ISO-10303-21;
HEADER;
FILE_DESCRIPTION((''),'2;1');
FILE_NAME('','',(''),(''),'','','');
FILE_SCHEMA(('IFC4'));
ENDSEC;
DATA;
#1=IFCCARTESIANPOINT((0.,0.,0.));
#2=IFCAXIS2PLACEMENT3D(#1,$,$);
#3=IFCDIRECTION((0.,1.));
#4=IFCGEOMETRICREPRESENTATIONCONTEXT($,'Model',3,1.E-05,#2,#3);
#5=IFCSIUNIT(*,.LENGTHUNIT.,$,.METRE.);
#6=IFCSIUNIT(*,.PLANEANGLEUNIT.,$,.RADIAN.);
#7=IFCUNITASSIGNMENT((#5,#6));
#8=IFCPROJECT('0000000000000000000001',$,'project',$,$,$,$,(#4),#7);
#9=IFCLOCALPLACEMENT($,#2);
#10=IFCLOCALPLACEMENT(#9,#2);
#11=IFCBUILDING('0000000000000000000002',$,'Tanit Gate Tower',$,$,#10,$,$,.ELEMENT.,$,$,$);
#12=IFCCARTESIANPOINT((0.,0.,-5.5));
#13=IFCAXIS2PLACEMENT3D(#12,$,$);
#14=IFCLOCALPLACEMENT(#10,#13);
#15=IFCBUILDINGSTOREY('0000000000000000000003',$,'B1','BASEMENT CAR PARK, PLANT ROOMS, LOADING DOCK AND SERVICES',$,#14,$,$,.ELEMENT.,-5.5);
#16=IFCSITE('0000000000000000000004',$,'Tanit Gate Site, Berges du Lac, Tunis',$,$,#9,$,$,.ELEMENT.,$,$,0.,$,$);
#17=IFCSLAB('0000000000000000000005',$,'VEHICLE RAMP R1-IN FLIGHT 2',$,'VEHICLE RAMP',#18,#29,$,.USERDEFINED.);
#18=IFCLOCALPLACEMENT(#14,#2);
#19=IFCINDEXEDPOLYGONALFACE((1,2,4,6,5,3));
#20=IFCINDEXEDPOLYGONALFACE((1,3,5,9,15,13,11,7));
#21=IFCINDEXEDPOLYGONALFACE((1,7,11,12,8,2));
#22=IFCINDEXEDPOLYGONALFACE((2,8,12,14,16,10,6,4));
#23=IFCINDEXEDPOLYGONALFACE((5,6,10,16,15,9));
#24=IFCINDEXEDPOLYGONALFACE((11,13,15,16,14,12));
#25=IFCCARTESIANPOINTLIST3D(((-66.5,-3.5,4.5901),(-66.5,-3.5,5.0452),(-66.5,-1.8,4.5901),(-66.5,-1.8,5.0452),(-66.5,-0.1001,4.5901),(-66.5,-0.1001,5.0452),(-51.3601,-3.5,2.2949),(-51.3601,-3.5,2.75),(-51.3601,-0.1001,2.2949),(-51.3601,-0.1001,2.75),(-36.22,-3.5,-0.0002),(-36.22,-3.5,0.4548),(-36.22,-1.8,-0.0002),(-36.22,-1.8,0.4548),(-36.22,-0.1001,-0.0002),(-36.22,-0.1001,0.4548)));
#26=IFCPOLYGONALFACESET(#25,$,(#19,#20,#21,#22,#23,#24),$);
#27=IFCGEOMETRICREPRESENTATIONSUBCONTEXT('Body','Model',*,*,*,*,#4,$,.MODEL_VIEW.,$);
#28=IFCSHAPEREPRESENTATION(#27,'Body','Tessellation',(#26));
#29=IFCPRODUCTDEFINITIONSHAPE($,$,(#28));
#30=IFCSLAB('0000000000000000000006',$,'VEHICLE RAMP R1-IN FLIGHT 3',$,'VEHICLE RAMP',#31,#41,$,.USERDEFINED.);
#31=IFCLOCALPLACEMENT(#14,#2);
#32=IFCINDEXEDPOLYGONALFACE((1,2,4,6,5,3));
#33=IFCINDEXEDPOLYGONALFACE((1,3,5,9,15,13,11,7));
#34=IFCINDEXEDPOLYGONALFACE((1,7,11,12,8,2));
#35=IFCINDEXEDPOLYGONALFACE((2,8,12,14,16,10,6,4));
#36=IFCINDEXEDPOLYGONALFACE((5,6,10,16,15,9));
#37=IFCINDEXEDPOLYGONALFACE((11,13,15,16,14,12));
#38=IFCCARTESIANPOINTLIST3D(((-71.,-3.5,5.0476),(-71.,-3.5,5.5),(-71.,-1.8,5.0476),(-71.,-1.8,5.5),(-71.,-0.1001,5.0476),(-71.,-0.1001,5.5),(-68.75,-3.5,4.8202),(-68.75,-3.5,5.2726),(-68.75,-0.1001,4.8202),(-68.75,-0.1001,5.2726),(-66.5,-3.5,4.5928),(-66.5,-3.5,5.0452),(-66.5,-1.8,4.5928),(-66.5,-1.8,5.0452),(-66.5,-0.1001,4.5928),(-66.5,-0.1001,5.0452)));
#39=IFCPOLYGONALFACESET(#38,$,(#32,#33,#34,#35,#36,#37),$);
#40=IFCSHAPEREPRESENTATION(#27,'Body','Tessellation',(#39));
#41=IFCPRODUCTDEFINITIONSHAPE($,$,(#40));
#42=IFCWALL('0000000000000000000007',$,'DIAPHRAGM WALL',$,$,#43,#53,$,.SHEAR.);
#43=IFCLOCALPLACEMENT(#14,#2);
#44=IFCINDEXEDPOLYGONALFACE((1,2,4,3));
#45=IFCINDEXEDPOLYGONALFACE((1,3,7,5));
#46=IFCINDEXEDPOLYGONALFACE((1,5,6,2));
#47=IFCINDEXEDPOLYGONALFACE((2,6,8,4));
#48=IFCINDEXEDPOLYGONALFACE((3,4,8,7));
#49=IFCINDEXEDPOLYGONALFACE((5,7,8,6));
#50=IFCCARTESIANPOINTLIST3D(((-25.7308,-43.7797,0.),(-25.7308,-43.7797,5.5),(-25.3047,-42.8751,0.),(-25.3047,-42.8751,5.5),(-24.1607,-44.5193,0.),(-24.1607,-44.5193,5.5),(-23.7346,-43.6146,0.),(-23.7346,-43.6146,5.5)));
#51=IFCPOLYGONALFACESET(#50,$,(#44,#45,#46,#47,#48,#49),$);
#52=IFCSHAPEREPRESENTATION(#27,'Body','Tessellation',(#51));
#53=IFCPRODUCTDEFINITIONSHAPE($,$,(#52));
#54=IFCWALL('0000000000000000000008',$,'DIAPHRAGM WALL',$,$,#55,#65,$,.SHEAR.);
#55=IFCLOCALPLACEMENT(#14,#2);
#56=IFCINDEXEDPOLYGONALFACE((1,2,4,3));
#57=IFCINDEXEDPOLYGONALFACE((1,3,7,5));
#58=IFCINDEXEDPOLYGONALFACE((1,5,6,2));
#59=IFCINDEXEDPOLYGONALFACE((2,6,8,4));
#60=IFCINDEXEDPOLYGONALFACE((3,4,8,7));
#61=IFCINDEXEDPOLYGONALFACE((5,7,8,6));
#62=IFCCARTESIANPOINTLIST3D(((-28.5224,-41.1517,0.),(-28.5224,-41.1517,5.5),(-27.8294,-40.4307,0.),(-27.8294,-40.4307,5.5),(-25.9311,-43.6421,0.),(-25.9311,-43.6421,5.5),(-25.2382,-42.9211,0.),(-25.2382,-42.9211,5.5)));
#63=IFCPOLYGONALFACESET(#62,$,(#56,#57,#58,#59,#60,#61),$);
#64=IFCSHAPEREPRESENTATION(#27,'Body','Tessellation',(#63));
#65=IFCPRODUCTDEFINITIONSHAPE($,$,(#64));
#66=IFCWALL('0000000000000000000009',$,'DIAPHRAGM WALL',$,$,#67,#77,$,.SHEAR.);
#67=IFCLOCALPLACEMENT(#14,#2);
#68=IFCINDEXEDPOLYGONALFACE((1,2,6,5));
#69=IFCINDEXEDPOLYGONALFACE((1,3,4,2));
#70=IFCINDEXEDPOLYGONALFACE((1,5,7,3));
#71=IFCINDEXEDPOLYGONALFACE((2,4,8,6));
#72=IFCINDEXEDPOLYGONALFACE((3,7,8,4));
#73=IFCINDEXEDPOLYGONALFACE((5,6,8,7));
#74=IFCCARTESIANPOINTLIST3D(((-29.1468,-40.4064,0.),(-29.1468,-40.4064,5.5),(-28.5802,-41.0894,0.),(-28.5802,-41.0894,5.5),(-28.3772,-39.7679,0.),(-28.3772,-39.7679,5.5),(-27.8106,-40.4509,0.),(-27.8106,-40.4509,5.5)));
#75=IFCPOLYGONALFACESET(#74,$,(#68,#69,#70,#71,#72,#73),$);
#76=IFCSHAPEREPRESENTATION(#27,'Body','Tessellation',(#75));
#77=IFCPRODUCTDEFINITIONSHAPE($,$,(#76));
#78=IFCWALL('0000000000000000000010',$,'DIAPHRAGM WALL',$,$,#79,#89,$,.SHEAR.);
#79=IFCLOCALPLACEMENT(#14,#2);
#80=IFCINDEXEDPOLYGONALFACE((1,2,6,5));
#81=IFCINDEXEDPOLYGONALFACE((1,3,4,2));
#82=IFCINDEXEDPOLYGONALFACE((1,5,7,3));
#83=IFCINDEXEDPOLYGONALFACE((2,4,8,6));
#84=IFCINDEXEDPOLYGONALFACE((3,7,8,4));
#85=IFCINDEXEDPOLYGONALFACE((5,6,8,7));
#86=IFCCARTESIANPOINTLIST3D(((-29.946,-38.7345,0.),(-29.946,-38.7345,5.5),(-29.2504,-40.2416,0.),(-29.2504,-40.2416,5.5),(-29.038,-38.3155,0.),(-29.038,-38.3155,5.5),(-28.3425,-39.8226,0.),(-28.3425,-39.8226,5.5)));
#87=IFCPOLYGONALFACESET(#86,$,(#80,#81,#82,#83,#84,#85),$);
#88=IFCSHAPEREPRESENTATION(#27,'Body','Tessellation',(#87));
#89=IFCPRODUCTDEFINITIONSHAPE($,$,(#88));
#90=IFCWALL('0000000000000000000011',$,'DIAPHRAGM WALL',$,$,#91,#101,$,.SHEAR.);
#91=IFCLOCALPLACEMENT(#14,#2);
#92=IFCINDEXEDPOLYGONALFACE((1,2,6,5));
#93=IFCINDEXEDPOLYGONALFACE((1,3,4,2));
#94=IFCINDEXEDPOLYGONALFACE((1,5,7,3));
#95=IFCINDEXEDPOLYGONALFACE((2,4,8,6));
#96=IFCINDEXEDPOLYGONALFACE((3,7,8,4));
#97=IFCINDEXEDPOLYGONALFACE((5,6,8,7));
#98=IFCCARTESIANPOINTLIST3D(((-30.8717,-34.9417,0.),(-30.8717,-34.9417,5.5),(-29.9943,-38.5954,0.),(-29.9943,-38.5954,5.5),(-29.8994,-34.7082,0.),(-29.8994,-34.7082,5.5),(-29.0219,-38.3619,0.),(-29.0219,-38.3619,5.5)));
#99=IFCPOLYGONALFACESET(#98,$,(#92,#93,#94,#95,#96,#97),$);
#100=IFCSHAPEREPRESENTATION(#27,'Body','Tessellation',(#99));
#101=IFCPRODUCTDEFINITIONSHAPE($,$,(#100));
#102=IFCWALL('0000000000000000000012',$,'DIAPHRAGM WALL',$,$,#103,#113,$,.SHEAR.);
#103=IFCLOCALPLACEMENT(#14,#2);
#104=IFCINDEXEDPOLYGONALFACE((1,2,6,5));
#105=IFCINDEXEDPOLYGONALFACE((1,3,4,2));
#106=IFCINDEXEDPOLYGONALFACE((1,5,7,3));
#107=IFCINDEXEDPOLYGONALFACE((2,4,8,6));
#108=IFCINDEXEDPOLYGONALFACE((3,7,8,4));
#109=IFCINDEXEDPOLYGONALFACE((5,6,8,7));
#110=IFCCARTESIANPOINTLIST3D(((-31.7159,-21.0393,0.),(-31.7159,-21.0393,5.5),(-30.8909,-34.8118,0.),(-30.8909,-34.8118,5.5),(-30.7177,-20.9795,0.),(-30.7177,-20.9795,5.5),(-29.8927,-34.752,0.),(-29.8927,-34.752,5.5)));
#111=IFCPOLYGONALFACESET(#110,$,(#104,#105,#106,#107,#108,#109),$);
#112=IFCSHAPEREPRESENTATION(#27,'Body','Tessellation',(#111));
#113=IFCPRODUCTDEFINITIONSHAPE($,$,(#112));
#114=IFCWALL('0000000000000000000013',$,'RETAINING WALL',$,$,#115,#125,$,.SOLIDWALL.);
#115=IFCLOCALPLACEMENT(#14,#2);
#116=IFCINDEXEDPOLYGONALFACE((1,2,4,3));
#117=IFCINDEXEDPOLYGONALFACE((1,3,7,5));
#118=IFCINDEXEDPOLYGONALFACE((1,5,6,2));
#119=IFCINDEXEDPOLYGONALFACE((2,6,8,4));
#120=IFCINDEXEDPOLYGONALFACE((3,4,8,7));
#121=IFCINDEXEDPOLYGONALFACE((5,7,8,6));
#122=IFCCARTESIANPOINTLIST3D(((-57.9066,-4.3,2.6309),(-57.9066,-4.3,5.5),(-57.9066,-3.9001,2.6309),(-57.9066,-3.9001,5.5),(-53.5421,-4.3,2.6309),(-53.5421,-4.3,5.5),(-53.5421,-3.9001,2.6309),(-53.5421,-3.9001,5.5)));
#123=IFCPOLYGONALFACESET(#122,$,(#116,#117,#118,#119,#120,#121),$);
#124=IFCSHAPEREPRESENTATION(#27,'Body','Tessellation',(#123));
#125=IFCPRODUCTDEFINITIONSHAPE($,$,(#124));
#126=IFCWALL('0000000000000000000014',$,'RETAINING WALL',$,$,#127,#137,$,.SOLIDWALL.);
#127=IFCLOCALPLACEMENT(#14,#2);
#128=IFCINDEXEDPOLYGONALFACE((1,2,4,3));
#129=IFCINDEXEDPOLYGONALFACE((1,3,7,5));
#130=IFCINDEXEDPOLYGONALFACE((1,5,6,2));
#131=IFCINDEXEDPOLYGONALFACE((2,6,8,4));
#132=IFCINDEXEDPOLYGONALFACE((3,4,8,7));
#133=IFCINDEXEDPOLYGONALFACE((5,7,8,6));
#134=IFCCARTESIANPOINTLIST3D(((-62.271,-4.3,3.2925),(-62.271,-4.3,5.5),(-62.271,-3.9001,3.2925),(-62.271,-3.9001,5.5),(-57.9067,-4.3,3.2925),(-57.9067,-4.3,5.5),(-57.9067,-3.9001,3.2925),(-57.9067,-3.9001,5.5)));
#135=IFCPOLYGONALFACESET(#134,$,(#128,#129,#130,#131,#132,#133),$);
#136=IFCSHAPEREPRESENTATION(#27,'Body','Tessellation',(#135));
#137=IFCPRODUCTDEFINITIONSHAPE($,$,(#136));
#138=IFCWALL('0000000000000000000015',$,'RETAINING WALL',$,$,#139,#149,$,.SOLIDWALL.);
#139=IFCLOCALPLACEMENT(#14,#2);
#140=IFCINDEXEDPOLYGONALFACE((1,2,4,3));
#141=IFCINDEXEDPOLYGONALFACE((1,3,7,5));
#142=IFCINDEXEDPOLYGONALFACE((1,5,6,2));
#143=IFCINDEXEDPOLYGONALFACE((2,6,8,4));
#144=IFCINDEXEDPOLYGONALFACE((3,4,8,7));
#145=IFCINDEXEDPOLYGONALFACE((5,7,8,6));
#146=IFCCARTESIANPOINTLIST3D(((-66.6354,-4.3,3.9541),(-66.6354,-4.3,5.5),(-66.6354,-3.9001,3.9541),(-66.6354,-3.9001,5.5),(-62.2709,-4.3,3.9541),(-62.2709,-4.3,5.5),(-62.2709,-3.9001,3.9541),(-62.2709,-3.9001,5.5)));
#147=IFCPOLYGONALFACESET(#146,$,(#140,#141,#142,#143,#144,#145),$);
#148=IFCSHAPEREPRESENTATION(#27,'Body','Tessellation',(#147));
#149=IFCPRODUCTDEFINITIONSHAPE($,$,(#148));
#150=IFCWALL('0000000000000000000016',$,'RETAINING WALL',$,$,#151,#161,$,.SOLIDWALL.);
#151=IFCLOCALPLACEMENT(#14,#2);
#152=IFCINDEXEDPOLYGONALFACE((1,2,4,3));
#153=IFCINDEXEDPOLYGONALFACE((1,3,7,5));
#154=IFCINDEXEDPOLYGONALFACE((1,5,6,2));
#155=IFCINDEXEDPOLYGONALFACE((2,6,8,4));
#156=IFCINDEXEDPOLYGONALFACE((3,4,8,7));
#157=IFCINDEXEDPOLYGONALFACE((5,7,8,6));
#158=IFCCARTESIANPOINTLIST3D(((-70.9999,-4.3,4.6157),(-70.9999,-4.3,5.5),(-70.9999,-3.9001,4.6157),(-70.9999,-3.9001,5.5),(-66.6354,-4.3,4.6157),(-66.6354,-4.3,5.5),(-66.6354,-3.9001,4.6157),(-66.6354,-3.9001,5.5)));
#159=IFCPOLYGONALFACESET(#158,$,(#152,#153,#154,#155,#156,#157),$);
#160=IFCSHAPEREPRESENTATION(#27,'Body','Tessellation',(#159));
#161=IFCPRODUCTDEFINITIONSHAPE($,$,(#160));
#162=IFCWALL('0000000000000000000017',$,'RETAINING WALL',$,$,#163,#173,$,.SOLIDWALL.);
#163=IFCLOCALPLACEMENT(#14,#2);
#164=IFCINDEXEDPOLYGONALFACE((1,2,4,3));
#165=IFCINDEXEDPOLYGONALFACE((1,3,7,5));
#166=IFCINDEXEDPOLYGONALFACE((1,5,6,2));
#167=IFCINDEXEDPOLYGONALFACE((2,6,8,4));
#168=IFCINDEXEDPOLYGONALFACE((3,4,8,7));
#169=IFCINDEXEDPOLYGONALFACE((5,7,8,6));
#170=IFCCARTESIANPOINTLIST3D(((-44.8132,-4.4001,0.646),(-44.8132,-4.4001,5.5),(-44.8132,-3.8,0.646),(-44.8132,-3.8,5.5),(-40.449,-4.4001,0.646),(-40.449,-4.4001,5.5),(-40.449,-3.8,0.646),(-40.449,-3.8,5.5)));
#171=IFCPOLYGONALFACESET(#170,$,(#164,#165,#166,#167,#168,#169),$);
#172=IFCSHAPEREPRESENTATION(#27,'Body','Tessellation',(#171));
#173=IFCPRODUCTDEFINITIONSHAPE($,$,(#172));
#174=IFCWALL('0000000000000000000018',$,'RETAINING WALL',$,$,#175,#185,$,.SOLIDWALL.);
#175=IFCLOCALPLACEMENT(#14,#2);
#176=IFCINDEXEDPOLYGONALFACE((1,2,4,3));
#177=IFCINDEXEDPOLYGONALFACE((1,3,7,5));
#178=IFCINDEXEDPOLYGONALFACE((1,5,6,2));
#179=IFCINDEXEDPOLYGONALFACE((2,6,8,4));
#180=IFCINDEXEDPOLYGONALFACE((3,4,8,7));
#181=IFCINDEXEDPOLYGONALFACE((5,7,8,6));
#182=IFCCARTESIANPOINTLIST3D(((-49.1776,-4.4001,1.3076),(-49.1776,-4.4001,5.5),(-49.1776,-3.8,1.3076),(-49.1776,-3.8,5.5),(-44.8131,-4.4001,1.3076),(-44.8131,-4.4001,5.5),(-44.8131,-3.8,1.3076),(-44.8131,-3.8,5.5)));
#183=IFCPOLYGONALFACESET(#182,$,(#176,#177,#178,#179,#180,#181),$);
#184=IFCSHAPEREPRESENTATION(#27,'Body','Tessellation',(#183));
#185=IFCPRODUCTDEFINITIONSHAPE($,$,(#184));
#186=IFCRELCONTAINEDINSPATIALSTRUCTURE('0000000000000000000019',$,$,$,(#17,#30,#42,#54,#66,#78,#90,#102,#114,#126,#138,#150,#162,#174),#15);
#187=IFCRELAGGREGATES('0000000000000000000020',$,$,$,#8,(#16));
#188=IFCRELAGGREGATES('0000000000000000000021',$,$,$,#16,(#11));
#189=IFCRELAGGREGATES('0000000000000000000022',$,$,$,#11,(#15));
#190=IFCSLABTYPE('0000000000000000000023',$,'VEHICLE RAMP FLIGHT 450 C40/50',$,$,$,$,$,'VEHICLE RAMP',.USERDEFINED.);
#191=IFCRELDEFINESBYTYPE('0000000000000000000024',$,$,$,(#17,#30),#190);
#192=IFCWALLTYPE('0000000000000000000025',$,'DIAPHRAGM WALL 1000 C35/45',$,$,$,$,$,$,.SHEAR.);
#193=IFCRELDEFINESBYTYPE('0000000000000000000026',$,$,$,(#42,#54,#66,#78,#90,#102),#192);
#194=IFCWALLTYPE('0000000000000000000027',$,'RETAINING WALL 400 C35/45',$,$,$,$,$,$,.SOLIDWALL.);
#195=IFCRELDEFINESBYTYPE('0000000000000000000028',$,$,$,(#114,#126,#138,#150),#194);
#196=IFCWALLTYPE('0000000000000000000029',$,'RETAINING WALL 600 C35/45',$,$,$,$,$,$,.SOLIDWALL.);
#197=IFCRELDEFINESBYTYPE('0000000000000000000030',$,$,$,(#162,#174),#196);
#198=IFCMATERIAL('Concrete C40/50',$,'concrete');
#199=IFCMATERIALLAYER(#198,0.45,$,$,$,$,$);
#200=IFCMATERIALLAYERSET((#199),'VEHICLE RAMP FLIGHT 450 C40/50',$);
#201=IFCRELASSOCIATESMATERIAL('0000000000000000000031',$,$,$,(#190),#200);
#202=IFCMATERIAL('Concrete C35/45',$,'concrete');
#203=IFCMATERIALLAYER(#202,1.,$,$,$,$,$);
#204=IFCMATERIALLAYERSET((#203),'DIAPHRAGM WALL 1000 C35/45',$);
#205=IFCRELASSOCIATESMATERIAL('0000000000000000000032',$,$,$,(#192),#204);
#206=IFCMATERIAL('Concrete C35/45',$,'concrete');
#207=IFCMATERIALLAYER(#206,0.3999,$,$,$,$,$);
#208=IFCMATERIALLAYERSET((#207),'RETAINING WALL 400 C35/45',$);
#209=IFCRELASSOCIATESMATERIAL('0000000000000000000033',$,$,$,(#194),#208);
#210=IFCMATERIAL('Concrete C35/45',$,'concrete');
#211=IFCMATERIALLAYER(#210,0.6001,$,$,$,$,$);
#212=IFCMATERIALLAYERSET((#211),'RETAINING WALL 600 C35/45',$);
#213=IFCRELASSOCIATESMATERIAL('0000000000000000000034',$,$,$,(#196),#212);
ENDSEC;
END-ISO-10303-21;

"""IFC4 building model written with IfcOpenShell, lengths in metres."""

from ifc_helpers import new_model, si_unit, direction, frame, frame_2d, origin, place, context, subcontext, project, spatial, polyline, rectangle, outline, extrude, material, layer, layer_set, type_object, element, save


model = new_model("IFC4")

# Units and contexts
model_context = context("Model", 3, precision=1e-05, world=origin(), true_north=direction((0.0, 1.0)))
body_context = subcontext(model_context, "Body", "Model", "MODEL_VIEW")
ifc_project = project(units=[si_unit("LENGTHUNIT", "METRE"), si_unit("PLANEANGLEUNIT", "RADIAN")], contexts=[model_context])

# Site, building, storey
site_placement = place(None, origin())
site = spatial("IfcSite", under=ifc_project, at=site_placement, Name="Tanit Gate Site, Berges du Lac, Tunis", CompositionType="ELEMENT", RefElevation=0.0)
building_placement = place(site_placement, origin())
building = spatial("IfcBuilding", under=site, at=building_placement, Name="Tanit Gate Tower", CompositionType="ELEMENT")
storey_placement = place(building_placement, frame((0.0, 0.0, -5.5)))
storey = spatial("IfcBuildingStorey", under=building, at=storey_placement, Name="B1", Description="BASEMENT CAR PARK, PLANT ROOMS, LOADING DOCK AND SERVICES", CompositionType="ELEMENT", Elevation=-5.5)

# Slabs
ifc_material_1 = material(Name="Concrete C40/50", Category="concrete")
ifc_layer_1 = layer(ifc_material_1, 0.45)
ifc_layer_set_1 = layer_set([ifc_layer_1], Name="VEHICLE RAMP FLIGHT 450 C40/50")
slab_type = type_object("IfcSlabType", Name="VEHICLE RAMP FLIGHT 450 C40/50", ElementType="VEHICLE RAMP", PredefinedType="USERDEFINED", material=ifc_layer_set_1)
slab_1_placement = place(storey_placement, frame((-36.22, -3.5, 0.4548), z_axis=(0.149884, 0.0, 0.988704), x_axis=(-0.988704, 0.0, 0.149884)))
element("IfcSlab", 1, at=slab_1_placement, inside=storey, type_object=slab_type, Name="VEHICLE RAMP R1-IN FLIGHT 2", ObjectType="VEHICLE RAMP", PredefinedType="USERDEFINED", context=body_context, shape_type="SweptSolid", body=[
    extrude(outline(polyline([(0.0, 0.0), (15.3131, 0.0), (30.626, 0.0), (30.626, -1.7), (30.626, -3.3999), (15.3131, -3.3999), (0.0, -3.3999), (0.0, -1.7), (0.0, 0.0)])), origin(), (-0.149884, 0.0, -0.988704), 0.4551),
])
slab_2_placement = place(storey_placement, frame((-66.5, -3.5, 5.0452), z_axis=(0.100562, 0.0, 0.994931), x_axis=(-0.994931, 0.0, 0.100562)))
element("IfcSlab", 2, at=slab_2_placement, inside=storey, type_object=slab_type, Name="VEHICLE RAMP R1-IN FLIGHT 3", ObjectType="VEHICLE RAMP", PredefinedType="USERDEFINED", context=body_context, shape_type="SweptSolid", body=[
    extrude(outline(polyline([(0.0, 0.0), (2.2615, 0.0), (4.5229, 0.0), (4.5229, -1.7), (4.5229, -3.3999), (2.2615, -3.3999), (0.0, -3.3999), (0.0, -1.7), (0.0, 0.0)])), origin(), (-0.100562, 0.0, -0.994931), 0.4524),
])

# Walls
ifc_material_2 = material(Name="Concrete C35/45", Category="concrete")
ifc_layer_2 = layer(ifc_material_2, 1.0)
ifc_layer_set_2 = layer_set([ifc_layer_2], Name="DIAPHRAGM WALL 1000 C35/45")
wall_type_1 = type_object("IfcWallType", Name="DIAPHRAGM WALL 1000 C35/45", PredefinedType="SHEAR", material=ifc_layer_set_2)
wall_1_placement = place(storey_placement, frame((-23.9478, -44.0669, 0.0), z_axis=(0.0, 0.0, 1.0), x_axis=(-0.904675, 0.426102, 0.0)))
element("IfcWall", 3, at=wall_1_placement, inside=storey, type_object=wall_type_1, Name="DIAPHRAGM WALL", PredefinedType="SHEAR", context=body_context, shape_type="SweptSolid", body=[
    extrude(rectangle(XDim=1.7356, YDim=1.0, at=frame_2d((0.8677, 0.0))), origin(), (0.0, 0.0, 1.0), 5.5),
])
wall_2_placement = place(storey_placement, frame((-25.5847, -43.2815, 0.0), z_axis=(0.0, 0.0, 1.0), x_axis=(-0.720995, 0.69294, 0.0)))
element("IfcWall", 4, at=wall_2_placement, inside=storey, type_object=wall_type_1, Name="DIAPHRAGM WALL", PredefinedType="SHEAR", context=body_context, shape_type="SweptSolid", body=[
    extrude(rectangle(XDim=3.594, YDim=1.0, at=frame_2d((1.7969, 0.0))), origin(), (0.0, 0.0, 1.0), 5.5),
])
wall_3_placement = place(storey_placement, frame((-28.1953, -40.7703, 0.0), z_axis=(0.0, 0.0, 1.0), x_axis=(-0.638451, 0.769662, 0.0)))
element("IfcWall", 5, at=wall_3_placement, inside=storey, type_object=wall_type_1, Name="DIAPHRAGM WALL", PredefinedType="SHEAR", context=body_context, shape_type="SweptSolid", body=[
    extrude(rectangle(XDim=0.8875, YDim=1.0, at=frame_2d((0.4438, 0.0))), origin(), (0.0, 0.0, 1.0), 5.5),
])
wall_4_placement = place(storey_placement, frame((-28.7964, -40.0322, 0.0), z_axis=(0.0, 0.0, 1.0), x_axis=(-0.419049, 0.907964, 0.0)))
element("IfcWall", 6, at=wall_4_placement, inside=storey, type_object=wall_type_1, Name="DIAPHRAGM WALL", PredefinedType="SHEAR", context=body_context, shape_type="SweptSolid", body=[
    extrude(rectangle(XDim=1.6599, YDim=1.0, at=frame_2d((0.8301, 0.0))), origin(), (0.0, 0.0, 1.0), 5.5),
])
wall_5_placement = place(storey_placement, frame((-29.5081, -38.4788, 0.0), z_axis=(0.0, 0.0, 1.0), x_axis=(-0.23352, 0.972352, 0.0)))
element("IfcWall", 7, at=wall_5_placement, inside=storey, type_object=wall_type_1, Name="DIAPHRAGM WALL", PredefinedType="SHEAR", context=body_context, shape_type="SweptSolid", body=[
    extrude(rectangle(XDim=3.7576, YDim=1.0, at=frame_2d((1.8789, 0.0))), origin(), (0.0, 0.0, 1.0), 5.5),
])
wall_6_placement = place(storey_placement, frame((-30.3918, -34.7817, 0.0), z_axis=(0.0, 0.0, 1.0), x_axis=(-0.059791, 0.998211, 0.0)))
element("IfcWall", 8, at=wall_6_placement, inside=storey, type_object=wall_type_1, Name="DIAPHRAGM WALL", PredefinedType="SHEAR", context=body_context, shape_type="SweptSolid", body=[
    extrude(rectangle(XDim=13.7971, YDim=1.0, at=frame_2d((6.8984, 0.0))), origin(), (0.0, 0.0, 1.0), 5.5),
])

# Walls
ifc_material_3 = material(Name="Concrete C35/45", Category="concrete")
ifc_layer_3 = layer(ifc_material_3, 0.3999)
ifc_layer_set_3 = layer_set([ifc_layer_3], Name="RETAINING WALL 400 C35/45")
wall_type_2 = type_object("IfcWallType", Name="RETAINING WALL 400 C35/45", PredefinedType="SOLIDWALL", material=ifc_layer_set_3)
wall_7_placement = place(storey_placement, frame((-53.5422, -4.1001, 2.6309), z_axis=(0.0, 0.0, 1.0), x_axis=(-1.0, 0.0, 0.0)))
element("IfcWall", 9, at=wall_7_placement, inside=storey, type_object=wall_type_2, Name="RETAINING WALL", PredefinedType="SOLIDWALL", context=body_context, shape_type="SweptSolid", body=[
    extrude(rectangle(XDim=4.3645, YDim=0.3999, at=frame_2d((2.1821, 0.0))), origin(), (0.0, 0.0, 1.0), 2.8691),
])
wall_8_placement = place(storey_placement, frame((-57.9067, -4.1001, 3.2925), z_axis=(0.0, 0.0, 1.0), x_axis=(-1.0, 0.0, 0.0)))
element("IfcWall", 10, at=wall_8_placement, inside=storey, type_object=wall_type_2, Name="RETAINING WALL", PredefinedType="SOLIDWALL", context=body_context, shape_type="SweptSolid", body=[
    extrude(rectangle(XDim=4.3643, YDim=0.3999, at=frame_2d((2.1821, 0.0))), origin(), (0.0, 0.0, 1.0), 2.2075),
])
wall_9_placement = place(storey_placement, frame((-62.271, -4.1001, 3.9541), z_axis=(0.0, 0.0, 1.0), x_axis=(-1.0, 0.0, 0.0)))
element("IfcWall", 11, at=wall_9_placement, inside=storey, type_object=wall_type_2, Name="RETAINING WALL", PredefinedType="SOLIDWALL", context=body_context, shape_type="SweptSolid", body=[
    extrude(rectangle(XDim=4.3645, YDim=0.3999, at=frame_2d((2.1821, 0.0))), origin(), (0.0, 0.0, 1.0), 1.5459),
])
wall_10_placement = place(storey_placement, frame((-66.6355, -4.1001, 4.6157), z_axis=(0.0, 0.0, 1.0), x_axis=(-1.0, 0.0, 0.0)))
element("IfcWall", 12, at=wall_10_placement, inside=storey, type_object=wall_type_2, Name="RETAINING WALL", PredefinedType="SOLIDWALL", context=body_context, shape_type="SweptSolid", body=[
    extrude(rectangle(XDim=4.3645, YDim=0.3999, at=frame_2d((2.1821, 0.0))), origin(), (0.0, 0.0, 1.0), 0.8843),
])
ifc_material_4 = material(Name="Concrete C35/45", Category="concrete")
ifc_layer_4 = layer(ifc_material_4, 0.6001)
ifc_layer_set_4 = layer_set([ifc_layer_4], Name="RETAINING WALL 600 C35/45")
wall_type_3 = type_object("IfcWallType", Name="RETAINING WALL 600 C35/45", PredefinedType="SOLIDWALL", material=ifc_layer_set_4)
wall_11_placement = place(storey_placement, frame((-40.449, -4.1001, 0.646), z_axis=(0.0, 0.0, 1.0), x_axis=(-1.0, 0.0, 0.0)))
element("IfcWall", 13, at=wall_11_placement, inside=storey, type_object=wall_type_3, Name="RETAINING WALL", PredefinedType="SOLIDWALL", context=body_context, shape_type="SweptSolid", body=[
    extrude(rectangle(XDim=4.3643, YDim=0.6001, at=frame_2d((2.1821, 0.0))), origin(), (0.0, 0.0, 1.0), 4.854),
])
wall_12_placement = place(storey_placement, frame((-44.8132, -4.1001, 1.3076), z_axis=(0.0, 0.0, 1.0), x_axis=(-1.0, 0.0, 0.0)))
element("IfcWall", 14, at=wall_12_placement, inside=storey, type_object=wall_type_3, Name="RETAINING WALL", PredefinedType="SOLIDWALL", context=body_context, shape_type="SweptSolid", body=[
    extrude(rectangle(XDim=4.3645, YDim=0.6001, at=frame_2d((2.1821, 0.0))), origin(), (0.0, 0.0, 1.0), 4.1924),
])

save(model, "model.ifc")
